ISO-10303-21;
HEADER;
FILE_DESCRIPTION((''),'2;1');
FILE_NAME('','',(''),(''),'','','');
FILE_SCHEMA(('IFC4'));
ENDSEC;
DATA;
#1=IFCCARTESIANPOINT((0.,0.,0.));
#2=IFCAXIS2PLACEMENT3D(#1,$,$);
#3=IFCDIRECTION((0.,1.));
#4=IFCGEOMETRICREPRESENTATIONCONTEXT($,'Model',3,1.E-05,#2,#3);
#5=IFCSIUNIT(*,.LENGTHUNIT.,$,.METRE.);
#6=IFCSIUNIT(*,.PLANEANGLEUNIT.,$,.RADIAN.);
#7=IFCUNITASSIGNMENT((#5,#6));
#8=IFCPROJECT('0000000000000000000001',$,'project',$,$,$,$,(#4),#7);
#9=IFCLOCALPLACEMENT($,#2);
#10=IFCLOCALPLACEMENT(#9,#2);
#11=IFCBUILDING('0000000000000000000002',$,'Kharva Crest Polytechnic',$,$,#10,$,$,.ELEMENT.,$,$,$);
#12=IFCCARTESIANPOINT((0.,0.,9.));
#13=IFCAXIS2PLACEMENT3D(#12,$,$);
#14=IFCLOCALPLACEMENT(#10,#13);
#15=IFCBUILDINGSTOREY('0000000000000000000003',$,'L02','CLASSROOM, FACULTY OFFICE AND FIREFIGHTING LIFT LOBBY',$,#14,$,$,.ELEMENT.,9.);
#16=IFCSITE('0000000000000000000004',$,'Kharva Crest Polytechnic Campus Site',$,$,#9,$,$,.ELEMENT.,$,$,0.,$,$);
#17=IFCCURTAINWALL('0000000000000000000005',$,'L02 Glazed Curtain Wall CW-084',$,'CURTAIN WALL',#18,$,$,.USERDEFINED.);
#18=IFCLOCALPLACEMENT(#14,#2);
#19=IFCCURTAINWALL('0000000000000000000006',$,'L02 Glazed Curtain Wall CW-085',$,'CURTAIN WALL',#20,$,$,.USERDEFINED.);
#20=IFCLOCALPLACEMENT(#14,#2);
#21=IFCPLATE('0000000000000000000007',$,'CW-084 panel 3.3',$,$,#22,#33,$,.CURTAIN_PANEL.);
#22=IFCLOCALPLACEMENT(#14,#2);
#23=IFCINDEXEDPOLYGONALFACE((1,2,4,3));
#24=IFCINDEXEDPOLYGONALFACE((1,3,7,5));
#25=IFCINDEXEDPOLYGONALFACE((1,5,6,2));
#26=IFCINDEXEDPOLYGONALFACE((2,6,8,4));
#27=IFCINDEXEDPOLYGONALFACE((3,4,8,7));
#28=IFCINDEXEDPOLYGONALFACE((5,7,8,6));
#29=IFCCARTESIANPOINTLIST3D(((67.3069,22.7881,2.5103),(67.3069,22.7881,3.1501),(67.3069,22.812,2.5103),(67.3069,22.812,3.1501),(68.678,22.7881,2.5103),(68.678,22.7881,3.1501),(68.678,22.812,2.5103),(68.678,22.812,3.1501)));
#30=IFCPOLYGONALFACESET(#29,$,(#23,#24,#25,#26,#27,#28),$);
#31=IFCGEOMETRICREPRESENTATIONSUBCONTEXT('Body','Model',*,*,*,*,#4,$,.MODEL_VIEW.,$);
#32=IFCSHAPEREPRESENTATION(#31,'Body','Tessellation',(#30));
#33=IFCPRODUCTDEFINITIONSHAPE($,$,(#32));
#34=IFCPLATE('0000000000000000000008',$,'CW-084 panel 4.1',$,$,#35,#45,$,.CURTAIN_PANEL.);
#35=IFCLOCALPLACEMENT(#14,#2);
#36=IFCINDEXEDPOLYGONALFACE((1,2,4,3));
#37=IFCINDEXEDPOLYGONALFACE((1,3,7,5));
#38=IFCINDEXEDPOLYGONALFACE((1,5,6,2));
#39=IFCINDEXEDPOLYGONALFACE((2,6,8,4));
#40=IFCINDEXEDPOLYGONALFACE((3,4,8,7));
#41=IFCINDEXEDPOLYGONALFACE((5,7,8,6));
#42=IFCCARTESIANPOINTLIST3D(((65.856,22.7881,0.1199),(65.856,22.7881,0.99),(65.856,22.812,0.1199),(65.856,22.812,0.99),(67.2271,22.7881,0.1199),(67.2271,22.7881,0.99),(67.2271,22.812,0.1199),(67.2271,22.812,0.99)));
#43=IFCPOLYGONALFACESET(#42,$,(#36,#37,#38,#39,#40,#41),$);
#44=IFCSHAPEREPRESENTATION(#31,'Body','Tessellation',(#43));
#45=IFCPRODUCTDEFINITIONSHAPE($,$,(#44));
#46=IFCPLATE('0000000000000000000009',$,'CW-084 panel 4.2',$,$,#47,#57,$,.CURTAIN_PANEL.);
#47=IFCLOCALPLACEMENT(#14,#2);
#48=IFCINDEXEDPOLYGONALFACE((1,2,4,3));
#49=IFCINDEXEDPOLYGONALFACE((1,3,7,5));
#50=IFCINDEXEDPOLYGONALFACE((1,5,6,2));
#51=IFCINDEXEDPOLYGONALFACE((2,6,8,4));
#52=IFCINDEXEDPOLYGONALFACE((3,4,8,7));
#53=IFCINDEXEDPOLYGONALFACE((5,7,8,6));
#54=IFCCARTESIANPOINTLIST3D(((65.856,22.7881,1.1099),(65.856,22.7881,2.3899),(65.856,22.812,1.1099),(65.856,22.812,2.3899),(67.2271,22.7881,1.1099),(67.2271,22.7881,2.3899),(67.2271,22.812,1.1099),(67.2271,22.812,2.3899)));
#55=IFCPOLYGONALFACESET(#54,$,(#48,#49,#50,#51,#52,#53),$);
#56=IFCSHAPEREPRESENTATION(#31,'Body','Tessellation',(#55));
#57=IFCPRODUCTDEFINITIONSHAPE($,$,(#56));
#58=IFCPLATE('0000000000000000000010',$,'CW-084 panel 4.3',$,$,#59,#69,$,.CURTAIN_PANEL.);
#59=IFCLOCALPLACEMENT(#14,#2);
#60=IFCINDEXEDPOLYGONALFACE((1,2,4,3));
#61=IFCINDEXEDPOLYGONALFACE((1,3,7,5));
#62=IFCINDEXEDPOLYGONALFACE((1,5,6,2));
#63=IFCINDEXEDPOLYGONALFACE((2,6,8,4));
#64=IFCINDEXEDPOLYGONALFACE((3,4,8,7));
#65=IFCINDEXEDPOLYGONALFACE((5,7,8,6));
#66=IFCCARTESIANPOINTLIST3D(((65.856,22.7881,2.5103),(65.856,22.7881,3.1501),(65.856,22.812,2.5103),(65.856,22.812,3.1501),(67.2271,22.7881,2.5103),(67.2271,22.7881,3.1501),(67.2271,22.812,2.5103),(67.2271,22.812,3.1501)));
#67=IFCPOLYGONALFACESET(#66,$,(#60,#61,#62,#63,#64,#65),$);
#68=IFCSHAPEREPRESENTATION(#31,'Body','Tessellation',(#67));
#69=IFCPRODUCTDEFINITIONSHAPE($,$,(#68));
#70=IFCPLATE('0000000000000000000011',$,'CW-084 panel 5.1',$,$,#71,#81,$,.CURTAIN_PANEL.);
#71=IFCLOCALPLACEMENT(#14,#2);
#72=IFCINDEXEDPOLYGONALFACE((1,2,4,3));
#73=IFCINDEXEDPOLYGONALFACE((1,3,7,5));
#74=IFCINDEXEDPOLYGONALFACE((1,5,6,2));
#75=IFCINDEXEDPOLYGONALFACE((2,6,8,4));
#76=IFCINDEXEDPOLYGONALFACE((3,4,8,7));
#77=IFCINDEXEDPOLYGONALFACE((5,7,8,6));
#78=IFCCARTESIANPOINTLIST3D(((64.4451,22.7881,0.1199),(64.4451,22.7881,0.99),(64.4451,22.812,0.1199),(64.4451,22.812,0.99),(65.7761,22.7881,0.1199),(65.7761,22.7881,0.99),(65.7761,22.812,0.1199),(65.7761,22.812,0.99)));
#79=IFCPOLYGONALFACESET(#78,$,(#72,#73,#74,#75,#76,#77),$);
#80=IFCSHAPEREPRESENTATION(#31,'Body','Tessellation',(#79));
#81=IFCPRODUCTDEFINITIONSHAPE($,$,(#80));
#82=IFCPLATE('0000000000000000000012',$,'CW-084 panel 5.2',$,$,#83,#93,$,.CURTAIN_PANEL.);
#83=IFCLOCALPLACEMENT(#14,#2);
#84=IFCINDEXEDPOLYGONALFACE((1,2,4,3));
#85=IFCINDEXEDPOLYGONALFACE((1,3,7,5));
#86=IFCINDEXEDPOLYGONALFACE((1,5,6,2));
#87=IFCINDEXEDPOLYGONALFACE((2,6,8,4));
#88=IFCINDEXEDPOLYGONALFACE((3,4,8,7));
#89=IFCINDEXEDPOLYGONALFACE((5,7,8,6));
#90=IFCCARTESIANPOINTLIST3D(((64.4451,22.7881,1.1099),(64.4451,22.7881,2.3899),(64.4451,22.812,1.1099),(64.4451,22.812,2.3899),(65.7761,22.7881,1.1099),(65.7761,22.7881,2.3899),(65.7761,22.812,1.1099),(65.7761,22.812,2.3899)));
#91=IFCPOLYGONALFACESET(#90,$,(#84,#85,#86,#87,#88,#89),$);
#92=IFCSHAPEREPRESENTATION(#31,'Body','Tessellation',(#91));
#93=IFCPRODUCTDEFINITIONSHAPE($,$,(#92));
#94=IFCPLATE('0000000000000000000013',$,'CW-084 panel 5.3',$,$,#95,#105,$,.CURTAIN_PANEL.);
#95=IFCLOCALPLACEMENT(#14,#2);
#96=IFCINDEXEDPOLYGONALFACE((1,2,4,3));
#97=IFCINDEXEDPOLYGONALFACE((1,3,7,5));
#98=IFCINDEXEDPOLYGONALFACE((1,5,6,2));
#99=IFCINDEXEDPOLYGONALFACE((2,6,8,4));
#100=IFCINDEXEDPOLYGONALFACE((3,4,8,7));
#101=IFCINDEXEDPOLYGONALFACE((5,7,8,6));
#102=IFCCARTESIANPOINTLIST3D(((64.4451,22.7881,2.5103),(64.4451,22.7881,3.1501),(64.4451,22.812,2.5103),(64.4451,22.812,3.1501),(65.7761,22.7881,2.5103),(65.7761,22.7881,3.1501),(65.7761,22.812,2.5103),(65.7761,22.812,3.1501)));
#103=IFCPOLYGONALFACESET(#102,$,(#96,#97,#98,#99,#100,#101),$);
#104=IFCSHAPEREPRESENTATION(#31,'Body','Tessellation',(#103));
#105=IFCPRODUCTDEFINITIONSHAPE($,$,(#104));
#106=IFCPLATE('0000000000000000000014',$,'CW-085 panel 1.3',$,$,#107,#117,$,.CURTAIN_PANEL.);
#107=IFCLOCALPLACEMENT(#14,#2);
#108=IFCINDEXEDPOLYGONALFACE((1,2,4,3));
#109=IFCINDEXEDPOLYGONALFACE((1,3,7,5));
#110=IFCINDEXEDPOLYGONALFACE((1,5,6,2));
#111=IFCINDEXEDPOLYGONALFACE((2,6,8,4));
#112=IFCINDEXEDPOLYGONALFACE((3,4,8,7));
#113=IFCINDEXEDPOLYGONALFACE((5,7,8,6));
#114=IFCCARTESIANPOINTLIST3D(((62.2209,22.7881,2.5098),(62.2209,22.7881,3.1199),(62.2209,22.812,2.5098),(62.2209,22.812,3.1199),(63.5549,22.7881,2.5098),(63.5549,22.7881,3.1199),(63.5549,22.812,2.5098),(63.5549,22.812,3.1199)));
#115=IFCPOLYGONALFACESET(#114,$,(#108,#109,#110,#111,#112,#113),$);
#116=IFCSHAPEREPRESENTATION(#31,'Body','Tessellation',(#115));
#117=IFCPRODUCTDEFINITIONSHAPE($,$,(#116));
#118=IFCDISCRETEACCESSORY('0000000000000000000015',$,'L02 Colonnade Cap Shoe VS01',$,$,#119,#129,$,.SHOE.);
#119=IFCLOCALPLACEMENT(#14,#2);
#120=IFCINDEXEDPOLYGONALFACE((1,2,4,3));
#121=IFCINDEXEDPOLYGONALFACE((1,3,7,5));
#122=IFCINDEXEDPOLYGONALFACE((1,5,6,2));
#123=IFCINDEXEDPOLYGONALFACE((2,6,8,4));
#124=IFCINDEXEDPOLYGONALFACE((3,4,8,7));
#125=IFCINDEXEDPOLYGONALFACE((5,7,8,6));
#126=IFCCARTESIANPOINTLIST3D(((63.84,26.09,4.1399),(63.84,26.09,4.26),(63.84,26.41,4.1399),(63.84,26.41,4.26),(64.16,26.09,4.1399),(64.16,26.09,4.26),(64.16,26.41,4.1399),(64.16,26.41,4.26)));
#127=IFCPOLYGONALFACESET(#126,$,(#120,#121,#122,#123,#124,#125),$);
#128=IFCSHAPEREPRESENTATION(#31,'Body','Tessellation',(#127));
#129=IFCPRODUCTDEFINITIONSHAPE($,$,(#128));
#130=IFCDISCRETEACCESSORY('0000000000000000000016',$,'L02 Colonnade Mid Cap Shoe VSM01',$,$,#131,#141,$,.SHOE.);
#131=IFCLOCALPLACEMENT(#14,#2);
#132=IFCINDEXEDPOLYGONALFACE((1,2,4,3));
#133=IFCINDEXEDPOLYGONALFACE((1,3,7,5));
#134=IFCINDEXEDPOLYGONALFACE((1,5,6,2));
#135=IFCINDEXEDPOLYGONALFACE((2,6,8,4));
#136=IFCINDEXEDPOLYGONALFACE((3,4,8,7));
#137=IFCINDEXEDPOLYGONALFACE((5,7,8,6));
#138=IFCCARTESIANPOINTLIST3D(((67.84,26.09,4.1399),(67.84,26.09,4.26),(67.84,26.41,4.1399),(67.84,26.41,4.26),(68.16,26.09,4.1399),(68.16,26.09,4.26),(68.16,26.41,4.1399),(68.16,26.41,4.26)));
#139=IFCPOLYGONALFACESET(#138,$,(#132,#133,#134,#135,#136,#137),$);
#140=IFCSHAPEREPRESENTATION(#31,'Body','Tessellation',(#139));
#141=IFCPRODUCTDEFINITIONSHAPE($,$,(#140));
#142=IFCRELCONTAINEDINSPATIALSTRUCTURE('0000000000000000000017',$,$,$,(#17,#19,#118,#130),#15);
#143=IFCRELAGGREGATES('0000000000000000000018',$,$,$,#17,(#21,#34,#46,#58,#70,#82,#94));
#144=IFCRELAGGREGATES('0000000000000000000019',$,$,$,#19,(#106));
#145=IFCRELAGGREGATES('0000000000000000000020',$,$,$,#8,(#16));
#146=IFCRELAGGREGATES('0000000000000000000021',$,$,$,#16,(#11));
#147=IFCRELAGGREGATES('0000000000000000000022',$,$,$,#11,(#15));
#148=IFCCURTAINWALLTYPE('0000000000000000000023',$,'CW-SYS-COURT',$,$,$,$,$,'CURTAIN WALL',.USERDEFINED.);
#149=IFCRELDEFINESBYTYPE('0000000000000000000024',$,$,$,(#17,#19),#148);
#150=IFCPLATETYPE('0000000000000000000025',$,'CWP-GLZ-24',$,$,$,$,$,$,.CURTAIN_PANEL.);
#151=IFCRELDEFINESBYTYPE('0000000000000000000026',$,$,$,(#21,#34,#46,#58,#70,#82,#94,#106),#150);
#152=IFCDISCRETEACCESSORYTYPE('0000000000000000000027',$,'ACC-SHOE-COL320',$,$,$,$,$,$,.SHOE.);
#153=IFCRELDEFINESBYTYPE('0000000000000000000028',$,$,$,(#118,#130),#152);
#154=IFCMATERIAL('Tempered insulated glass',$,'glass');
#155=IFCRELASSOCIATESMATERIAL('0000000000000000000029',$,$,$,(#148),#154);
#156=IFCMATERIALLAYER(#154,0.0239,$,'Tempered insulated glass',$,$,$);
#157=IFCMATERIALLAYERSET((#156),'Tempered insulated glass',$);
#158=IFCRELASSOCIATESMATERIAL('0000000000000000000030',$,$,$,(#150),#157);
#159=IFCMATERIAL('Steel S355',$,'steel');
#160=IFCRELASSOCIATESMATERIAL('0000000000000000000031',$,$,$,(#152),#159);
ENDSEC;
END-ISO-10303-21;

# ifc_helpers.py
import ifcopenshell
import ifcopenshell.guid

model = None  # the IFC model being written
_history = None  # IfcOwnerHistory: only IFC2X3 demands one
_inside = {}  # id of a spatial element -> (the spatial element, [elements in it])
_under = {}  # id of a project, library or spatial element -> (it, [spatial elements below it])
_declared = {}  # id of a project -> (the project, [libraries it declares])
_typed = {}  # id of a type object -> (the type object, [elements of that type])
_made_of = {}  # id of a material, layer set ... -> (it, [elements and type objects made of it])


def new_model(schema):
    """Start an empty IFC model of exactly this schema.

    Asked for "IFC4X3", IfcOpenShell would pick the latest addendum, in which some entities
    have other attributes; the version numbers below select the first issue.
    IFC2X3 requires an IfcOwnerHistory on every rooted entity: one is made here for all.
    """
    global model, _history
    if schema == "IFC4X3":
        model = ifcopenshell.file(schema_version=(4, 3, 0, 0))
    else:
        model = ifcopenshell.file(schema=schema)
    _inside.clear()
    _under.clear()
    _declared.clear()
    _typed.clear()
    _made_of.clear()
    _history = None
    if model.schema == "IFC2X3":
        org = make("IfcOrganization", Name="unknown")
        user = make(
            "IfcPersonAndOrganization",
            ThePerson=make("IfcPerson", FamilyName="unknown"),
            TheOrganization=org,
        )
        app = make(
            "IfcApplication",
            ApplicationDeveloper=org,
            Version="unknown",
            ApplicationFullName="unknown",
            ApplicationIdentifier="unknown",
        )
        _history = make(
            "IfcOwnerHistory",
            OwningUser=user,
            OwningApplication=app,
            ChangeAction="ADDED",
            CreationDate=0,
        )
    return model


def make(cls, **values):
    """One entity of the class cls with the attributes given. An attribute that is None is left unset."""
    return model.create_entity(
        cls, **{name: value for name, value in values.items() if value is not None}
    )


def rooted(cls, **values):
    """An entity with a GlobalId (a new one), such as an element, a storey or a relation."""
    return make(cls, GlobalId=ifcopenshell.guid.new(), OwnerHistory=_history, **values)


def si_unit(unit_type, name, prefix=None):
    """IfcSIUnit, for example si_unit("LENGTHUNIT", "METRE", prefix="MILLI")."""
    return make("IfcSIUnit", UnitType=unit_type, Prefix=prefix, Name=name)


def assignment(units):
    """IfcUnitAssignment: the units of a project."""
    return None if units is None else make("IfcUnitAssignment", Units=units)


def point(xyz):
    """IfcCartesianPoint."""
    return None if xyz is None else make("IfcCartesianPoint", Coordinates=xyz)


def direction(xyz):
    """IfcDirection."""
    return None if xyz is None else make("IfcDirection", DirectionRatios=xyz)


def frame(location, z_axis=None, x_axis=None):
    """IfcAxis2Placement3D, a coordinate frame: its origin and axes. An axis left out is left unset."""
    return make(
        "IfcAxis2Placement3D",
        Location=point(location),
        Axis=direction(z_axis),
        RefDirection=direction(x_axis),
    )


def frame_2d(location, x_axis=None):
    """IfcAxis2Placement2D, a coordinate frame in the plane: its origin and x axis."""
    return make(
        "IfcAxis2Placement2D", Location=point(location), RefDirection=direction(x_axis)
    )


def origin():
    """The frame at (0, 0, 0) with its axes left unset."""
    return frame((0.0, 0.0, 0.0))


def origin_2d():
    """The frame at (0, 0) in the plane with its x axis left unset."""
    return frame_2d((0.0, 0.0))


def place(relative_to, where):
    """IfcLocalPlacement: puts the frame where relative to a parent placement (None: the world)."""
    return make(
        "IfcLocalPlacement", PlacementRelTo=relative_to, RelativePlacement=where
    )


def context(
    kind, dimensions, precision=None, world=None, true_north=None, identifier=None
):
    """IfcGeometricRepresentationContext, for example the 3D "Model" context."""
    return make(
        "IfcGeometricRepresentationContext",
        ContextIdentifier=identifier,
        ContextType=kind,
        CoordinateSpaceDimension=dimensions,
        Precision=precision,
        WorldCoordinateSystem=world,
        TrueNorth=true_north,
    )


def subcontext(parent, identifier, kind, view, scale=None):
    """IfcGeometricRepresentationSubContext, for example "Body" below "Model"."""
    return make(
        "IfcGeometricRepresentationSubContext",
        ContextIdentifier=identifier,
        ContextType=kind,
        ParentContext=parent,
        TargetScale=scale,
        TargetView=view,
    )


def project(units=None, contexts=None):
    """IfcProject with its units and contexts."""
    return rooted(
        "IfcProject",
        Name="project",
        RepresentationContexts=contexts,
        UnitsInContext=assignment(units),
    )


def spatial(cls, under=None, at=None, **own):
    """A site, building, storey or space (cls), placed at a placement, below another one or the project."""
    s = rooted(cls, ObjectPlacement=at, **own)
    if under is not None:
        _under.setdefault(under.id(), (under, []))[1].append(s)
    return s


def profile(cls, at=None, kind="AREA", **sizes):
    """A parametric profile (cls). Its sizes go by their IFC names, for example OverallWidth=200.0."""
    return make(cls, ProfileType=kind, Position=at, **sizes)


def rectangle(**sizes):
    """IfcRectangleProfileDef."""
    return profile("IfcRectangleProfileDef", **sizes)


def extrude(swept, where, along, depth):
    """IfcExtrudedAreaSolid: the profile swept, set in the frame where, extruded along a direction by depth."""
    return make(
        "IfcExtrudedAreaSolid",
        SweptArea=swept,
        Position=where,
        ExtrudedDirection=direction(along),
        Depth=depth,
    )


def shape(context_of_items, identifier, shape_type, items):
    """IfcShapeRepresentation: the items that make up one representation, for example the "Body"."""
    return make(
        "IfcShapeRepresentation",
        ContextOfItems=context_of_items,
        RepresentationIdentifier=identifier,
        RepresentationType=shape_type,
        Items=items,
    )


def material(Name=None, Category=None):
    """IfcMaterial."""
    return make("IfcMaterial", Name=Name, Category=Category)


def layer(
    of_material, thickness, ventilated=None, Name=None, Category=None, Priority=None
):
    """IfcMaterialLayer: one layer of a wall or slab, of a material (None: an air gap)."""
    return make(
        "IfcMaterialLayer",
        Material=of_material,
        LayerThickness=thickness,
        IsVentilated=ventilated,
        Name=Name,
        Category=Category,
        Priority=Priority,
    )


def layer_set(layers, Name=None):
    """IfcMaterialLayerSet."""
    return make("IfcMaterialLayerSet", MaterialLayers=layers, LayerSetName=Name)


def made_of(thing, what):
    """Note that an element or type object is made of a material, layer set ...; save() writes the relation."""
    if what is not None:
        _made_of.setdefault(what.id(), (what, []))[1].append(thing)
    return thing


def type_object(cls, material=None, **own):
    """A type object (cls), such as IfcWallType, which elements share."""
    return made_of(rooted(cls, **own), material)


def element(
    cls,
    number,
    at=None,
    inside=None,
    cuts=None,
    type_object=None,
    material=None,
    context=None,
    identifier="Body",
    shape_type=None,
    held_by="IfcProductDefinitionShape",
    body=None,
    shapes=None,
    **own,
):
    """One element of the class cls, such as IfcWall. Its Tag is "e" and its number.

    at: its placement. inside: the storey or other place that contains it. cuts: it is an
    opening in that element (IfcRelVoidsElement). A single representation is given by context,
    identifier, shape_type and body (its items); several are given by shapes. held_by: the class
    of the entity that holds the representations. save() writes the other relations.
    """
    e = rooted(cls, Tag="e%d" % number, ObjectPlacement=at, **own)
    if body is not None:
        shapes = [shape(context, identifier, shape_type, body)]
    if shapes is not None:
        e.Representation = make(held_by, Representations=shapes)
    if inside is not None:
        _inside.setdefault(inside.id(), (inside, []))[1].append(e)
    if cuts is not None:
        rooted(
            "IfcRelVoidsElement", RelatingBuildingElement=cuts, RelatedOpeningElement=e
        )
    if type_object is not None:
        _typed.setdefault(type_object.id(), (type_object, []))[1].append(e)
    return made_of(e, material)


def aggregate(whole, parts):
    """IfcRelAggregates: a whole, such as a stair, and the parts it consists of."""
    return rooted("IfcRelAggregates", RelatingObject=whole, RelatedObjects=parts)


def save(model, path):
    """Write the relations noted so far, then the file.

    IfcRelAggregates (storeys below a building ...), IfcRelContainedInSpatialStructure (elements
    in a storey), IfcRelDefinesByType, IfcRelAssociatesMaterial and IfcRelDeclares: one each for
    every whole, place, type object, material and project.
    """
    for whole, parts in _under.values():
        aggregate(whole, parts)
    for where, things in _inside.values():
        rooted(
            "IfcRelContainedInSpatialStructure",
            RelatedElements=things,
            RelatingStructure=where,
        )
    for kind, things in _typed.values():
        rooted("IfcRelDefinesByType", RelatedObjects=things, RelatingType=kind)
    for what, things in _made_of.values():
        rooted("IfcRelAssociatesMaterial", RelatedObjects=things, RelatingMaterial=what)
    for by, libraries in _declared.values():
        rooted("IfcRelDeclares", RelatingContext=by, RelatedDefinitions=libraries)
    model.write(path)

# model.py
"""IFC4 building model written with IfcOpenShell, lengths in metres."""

from ifc_helpers import new_model, si_unit, direction, frame, origin, origin_2d, place, context, subcontext, project, spatial, rectangle, extrude, material, layer, layer_set, type_object, element, aggregate, save


model = new_model("IFC4")

# Units and contexts
model_context = context("Model", 3, precision=1e-05, world=origin(), true_north=direction((0.0, 1.0)))
body_context = subcontext(model_context, "Body", "Model", "MODEL_VIEW")
ifc_project = project(units=[si_unit("LENGTHUNIT", "METRE"), si_unit("PLANEANGLEUNIT", "RADIAN")], contexts=[model_context])

# Site, building, storey
site_placement = place(None, origin())
site = spatial("IfcSite", under=ifc_project, at=site_placement, Name="Kharva Crest Polytechnic Campus Site", CompositionType="ELEMENT", RefElevation=0.0)
building_placement = place(site_placement, origin())
building = spatial("IfcBuilding", under=site, at=building_placement, Name="Kharva Crest Polytechnic", CompositionType="ELEMENT")
storey_placement = place(building_placement, frame((0.0, 0.0, 9.0)))
storey = spatial("IfcBuildingStorey", under=building, at=storey_placement, Name="L02", Description="CLASSROOM, FACULTY OFFICE AND FIREFIGHTING LIFT LOBBY", CompositionType="ELEMENT", Elevation=9.0)

# Shared definitions
ifc_material_1 = material(Name="Steel S355", Category="steel")

# Curtain wall
ifc_material_2 = material(Name="Tempered insulated glass", Category="glass")
curtain_wall_type = type_object("IfcCurtainWallType", Name="CW-SYS-COURT", ElementType="CURTAIN WALL", PredefinedType="USERDEFINED", material=ifc_material_2)
curtain_wall_1_placement = place(storey_placement, origin())
curtain_wall_1 = element("IfcCurtainWall", 1, at=curtain_wall_1_placement, inside=storey, type_object=curtain_wall_type, Name="L02 Glazed Curtain Wall CW-084", ObjectType="CURTAIN WALL", PredefinedType="USERDEFINED")

# Curtain wall
curtain_wall_2_placement = place(storey_placement, origin())
curtain_wall_2 = element("IfcCurtainWall", 2, at=curtain_wall_2_placement, inside=storey, type_object=curtain_wall_type, Name="L02 Glazed Curtain Wall CW-085", ObjectType="CURTAIN WALL", PredefinedType="USERDEFINED")

# Plates
ifc_layer = layer(ifc_material_2, 0.0239, Name="Tempered insulated glass")
ifc_layer_set = layer_set([ifc_layer], Name="Tempered insulated glass")
plate_type = type_object("IfcPlateType", Name="CWP-GLZ-24", PredefinedType="CURTAIN_PANEL", material=ifc_layer_set)
plate_1_placement = place(storey_placement, frame((67.9924, 22.8, 2.5103), z_axis=(0.0, 0.0, 1.0), x_axis=(-1.0, 0.0, 0.0)))
plate_1 = element("IfcPlate", 3, at=plate_1_placement, type_object=plate_type, Name="CW-084 panel 3.3", PredefinedType="CURTAIN_PANEL", context=body_context, shape_type="SweptSolid", body=[
    extrude(rectangle(XDim=1.3711, YDim=0.0239, at=origin_2d()), origin(), (0.0, 0.0, 1.0), 0.6399),
])
plate_2_placement = place(storey_placement, frame((66.5415, 22.8, 0.1199), z_axis=(0.0, 0.0, 1.0), x_axis=(-1.0, 0.0, 0.0)))
plate_2 = element("IfcPlate", 4, at=plate_2_placement, type_object=plate_type, Name="CW-084 panel 4.1", PredefinedType="CURTAIN_PANEL", context=body_context, shape_type="SweptSolid", body=[
    extrude(rectangle(XDim=1.3711, YDim=0.0239, at=origin_2d()), origin(), (0.0, 0.0, 1.0), 0.8701),
])
plate_3_placement = place(storey_placement, frame((66.5415, 22.8, 1.1099), z_axis=(0.0, 0.0, 1.0), x_axis=(-1.0, 0.0, 0.0)))
plate_3 = element("IfcPlate", 5, at=plate_3_placement, type_object=plate_type, Name="CW-084 panel 4.2", PredefinedType="CURTAIN_PANEL", context=body_context, shape_type="SweptSolid", body=[
    extrude(rectangle(XDim=1.3711, YDim=0.0239, at=origin_2d()), origin(), (0.0, 0.0, 1.0), 1.28),
])
plate_4_placement = place(storey_placement, frame((66.5415, 22.8, 2.5103), z_axis=(0.0, 0.0, 1.0), x_axis=(-1.0, 0.0, 0.0)))
plate_4 = element("IfcPlate", 6, at=plate_4_placement, type_object=plate_type, Name="CW-084 panel 4.3", PredefinedType="CURTAIN_PANEL", context=body_context, shape_type="SweptSolid", body=[
    extrude(rectangle(XDim=1.3711, YDim=0.0239, at=origin_2d()), origin(), (0.0, 0.0, 1.0), 0.6399),
])
plate_5_placement = place(storey_placement, frame((65.1106, 22.8, 0.1199), z_axis=(0.0, 0.0, 1.0), x_axis=(-1.0, 0.0, 0.0)))
plate_5 = element("IfcPlate", 7, at=plate_5_placement, type_object=plate_type, Name="CW-084 panel 5.1", PredefinedType="CURTAIN_PANEL", context=body_context, shape_type="SweptSolid", body=[
    extrude(rectangle(XDim=1.3311, YDim=0.0239, at=origin_2d()), origin(), (0.0, 0.0, 1.0), 0.8701),
])
plate_6_placement = place(storey_placement, frame((65.1106, 22.8, 1.1099), z_axis=(0.0, 0.0, 1.0), x_axis=(-1.0, 0.0, 0.0)))
plate_6 = element("IfcPlate", 8, at=plate_6_placement, type_object=plate_type, Name="CW-084 panel 5.2", PredefinedType="CURTAIN_PANEL", context=body_context, shape_type="SweptSolid", body=[
    extrude(rectangle(XDim=1.3311, YDim=0.0239, at=origin_2d()), origin(), (0.0, 0.0, 1.0), 1.28),
])
plate_7_placement = place(storey_placement, frame((65.1106, 22.8, 2.5103), z_axis=(0.0, 0.0, 1.0), x_axis=(-1.0, 0.0, 0.0)))
plate_7 = element("IfcPlate", 9, at=plate_7_placement, type_object=plate_type, Name="CW-084 panel 5.3", PredefinedType="CURTAIN_PANEL", context=body_context, shape_type="SweptSolid", body=[
    extrude(rectangle(XDim=1.3311, YDim=0.0239, at=origin_2d()), origin(), (0.0, 0.0, 1.0), 0.6399),
])
aggregate(curtain_wall_1, [plate_1, plate_2, plate_3, plate_4, plate_5, plate_6, plate_7])
plate_8_placement = place(storey_placement, frame((62.8879, 22.8, 2.5098), z_axis=(0.0, 0.0, 1.0), x_axis=(-1.0, 0.0, 0.0)))
plate_8 = element("IfcPlate", 10, at=plate_8_placement, type_object=plate_type, Name="CW-085 panel 1.3", PredefinedType="CURTAIN_PANEL", context=body_context, shape_type="SweptSolid", body=[
    extrude(rectangle(XDim=1.334, YDim=0.0239, at=origin_2d()), origin(), (0.0, 0.0, 1.0), 0.6101),
])
aggregate(curtain_wall_2, [plate_8])

# Discrete accessories
discrete_accessory_type = type_object("IfcDiscreteAccessoryType", Name="ACC-SHOE-COL320", PredefinedType="SHOE", material=ifc_material_1)
for number, where, z_axis, x_axis, name in (
    (11, (64.0, 26.25, 4.1399), (0.0, 0.0, 1.0), (1.0, 0.0, 0.0), "L02 Colonnade Cap Shoe VS01"),
    (12, (68.0, 26.25, 4.1399), (0.0, 0.0, 1.0), (1.0, 0.0, 0.0), "L02 Colonnade Mid Cap Shoe VSM01"),
):
    element("IfcDiscreteAccessory", number, at=place(storey_placement, frame(where, z_axis=z_axis, x_axis=x_axis)), inside=storey, type_object=discrete_accessory_type, Name=name, PredefinedType="SHOE", context=body_context, shape_type="SweptSolid", body=[
        extrude(rectangle(XDim=0.3201, YDim=0.3201, at=origin_2d()), origin(), (0.0, 0.0, 1.0), 0.1201),
    ])

save(model, "model.ifc")
